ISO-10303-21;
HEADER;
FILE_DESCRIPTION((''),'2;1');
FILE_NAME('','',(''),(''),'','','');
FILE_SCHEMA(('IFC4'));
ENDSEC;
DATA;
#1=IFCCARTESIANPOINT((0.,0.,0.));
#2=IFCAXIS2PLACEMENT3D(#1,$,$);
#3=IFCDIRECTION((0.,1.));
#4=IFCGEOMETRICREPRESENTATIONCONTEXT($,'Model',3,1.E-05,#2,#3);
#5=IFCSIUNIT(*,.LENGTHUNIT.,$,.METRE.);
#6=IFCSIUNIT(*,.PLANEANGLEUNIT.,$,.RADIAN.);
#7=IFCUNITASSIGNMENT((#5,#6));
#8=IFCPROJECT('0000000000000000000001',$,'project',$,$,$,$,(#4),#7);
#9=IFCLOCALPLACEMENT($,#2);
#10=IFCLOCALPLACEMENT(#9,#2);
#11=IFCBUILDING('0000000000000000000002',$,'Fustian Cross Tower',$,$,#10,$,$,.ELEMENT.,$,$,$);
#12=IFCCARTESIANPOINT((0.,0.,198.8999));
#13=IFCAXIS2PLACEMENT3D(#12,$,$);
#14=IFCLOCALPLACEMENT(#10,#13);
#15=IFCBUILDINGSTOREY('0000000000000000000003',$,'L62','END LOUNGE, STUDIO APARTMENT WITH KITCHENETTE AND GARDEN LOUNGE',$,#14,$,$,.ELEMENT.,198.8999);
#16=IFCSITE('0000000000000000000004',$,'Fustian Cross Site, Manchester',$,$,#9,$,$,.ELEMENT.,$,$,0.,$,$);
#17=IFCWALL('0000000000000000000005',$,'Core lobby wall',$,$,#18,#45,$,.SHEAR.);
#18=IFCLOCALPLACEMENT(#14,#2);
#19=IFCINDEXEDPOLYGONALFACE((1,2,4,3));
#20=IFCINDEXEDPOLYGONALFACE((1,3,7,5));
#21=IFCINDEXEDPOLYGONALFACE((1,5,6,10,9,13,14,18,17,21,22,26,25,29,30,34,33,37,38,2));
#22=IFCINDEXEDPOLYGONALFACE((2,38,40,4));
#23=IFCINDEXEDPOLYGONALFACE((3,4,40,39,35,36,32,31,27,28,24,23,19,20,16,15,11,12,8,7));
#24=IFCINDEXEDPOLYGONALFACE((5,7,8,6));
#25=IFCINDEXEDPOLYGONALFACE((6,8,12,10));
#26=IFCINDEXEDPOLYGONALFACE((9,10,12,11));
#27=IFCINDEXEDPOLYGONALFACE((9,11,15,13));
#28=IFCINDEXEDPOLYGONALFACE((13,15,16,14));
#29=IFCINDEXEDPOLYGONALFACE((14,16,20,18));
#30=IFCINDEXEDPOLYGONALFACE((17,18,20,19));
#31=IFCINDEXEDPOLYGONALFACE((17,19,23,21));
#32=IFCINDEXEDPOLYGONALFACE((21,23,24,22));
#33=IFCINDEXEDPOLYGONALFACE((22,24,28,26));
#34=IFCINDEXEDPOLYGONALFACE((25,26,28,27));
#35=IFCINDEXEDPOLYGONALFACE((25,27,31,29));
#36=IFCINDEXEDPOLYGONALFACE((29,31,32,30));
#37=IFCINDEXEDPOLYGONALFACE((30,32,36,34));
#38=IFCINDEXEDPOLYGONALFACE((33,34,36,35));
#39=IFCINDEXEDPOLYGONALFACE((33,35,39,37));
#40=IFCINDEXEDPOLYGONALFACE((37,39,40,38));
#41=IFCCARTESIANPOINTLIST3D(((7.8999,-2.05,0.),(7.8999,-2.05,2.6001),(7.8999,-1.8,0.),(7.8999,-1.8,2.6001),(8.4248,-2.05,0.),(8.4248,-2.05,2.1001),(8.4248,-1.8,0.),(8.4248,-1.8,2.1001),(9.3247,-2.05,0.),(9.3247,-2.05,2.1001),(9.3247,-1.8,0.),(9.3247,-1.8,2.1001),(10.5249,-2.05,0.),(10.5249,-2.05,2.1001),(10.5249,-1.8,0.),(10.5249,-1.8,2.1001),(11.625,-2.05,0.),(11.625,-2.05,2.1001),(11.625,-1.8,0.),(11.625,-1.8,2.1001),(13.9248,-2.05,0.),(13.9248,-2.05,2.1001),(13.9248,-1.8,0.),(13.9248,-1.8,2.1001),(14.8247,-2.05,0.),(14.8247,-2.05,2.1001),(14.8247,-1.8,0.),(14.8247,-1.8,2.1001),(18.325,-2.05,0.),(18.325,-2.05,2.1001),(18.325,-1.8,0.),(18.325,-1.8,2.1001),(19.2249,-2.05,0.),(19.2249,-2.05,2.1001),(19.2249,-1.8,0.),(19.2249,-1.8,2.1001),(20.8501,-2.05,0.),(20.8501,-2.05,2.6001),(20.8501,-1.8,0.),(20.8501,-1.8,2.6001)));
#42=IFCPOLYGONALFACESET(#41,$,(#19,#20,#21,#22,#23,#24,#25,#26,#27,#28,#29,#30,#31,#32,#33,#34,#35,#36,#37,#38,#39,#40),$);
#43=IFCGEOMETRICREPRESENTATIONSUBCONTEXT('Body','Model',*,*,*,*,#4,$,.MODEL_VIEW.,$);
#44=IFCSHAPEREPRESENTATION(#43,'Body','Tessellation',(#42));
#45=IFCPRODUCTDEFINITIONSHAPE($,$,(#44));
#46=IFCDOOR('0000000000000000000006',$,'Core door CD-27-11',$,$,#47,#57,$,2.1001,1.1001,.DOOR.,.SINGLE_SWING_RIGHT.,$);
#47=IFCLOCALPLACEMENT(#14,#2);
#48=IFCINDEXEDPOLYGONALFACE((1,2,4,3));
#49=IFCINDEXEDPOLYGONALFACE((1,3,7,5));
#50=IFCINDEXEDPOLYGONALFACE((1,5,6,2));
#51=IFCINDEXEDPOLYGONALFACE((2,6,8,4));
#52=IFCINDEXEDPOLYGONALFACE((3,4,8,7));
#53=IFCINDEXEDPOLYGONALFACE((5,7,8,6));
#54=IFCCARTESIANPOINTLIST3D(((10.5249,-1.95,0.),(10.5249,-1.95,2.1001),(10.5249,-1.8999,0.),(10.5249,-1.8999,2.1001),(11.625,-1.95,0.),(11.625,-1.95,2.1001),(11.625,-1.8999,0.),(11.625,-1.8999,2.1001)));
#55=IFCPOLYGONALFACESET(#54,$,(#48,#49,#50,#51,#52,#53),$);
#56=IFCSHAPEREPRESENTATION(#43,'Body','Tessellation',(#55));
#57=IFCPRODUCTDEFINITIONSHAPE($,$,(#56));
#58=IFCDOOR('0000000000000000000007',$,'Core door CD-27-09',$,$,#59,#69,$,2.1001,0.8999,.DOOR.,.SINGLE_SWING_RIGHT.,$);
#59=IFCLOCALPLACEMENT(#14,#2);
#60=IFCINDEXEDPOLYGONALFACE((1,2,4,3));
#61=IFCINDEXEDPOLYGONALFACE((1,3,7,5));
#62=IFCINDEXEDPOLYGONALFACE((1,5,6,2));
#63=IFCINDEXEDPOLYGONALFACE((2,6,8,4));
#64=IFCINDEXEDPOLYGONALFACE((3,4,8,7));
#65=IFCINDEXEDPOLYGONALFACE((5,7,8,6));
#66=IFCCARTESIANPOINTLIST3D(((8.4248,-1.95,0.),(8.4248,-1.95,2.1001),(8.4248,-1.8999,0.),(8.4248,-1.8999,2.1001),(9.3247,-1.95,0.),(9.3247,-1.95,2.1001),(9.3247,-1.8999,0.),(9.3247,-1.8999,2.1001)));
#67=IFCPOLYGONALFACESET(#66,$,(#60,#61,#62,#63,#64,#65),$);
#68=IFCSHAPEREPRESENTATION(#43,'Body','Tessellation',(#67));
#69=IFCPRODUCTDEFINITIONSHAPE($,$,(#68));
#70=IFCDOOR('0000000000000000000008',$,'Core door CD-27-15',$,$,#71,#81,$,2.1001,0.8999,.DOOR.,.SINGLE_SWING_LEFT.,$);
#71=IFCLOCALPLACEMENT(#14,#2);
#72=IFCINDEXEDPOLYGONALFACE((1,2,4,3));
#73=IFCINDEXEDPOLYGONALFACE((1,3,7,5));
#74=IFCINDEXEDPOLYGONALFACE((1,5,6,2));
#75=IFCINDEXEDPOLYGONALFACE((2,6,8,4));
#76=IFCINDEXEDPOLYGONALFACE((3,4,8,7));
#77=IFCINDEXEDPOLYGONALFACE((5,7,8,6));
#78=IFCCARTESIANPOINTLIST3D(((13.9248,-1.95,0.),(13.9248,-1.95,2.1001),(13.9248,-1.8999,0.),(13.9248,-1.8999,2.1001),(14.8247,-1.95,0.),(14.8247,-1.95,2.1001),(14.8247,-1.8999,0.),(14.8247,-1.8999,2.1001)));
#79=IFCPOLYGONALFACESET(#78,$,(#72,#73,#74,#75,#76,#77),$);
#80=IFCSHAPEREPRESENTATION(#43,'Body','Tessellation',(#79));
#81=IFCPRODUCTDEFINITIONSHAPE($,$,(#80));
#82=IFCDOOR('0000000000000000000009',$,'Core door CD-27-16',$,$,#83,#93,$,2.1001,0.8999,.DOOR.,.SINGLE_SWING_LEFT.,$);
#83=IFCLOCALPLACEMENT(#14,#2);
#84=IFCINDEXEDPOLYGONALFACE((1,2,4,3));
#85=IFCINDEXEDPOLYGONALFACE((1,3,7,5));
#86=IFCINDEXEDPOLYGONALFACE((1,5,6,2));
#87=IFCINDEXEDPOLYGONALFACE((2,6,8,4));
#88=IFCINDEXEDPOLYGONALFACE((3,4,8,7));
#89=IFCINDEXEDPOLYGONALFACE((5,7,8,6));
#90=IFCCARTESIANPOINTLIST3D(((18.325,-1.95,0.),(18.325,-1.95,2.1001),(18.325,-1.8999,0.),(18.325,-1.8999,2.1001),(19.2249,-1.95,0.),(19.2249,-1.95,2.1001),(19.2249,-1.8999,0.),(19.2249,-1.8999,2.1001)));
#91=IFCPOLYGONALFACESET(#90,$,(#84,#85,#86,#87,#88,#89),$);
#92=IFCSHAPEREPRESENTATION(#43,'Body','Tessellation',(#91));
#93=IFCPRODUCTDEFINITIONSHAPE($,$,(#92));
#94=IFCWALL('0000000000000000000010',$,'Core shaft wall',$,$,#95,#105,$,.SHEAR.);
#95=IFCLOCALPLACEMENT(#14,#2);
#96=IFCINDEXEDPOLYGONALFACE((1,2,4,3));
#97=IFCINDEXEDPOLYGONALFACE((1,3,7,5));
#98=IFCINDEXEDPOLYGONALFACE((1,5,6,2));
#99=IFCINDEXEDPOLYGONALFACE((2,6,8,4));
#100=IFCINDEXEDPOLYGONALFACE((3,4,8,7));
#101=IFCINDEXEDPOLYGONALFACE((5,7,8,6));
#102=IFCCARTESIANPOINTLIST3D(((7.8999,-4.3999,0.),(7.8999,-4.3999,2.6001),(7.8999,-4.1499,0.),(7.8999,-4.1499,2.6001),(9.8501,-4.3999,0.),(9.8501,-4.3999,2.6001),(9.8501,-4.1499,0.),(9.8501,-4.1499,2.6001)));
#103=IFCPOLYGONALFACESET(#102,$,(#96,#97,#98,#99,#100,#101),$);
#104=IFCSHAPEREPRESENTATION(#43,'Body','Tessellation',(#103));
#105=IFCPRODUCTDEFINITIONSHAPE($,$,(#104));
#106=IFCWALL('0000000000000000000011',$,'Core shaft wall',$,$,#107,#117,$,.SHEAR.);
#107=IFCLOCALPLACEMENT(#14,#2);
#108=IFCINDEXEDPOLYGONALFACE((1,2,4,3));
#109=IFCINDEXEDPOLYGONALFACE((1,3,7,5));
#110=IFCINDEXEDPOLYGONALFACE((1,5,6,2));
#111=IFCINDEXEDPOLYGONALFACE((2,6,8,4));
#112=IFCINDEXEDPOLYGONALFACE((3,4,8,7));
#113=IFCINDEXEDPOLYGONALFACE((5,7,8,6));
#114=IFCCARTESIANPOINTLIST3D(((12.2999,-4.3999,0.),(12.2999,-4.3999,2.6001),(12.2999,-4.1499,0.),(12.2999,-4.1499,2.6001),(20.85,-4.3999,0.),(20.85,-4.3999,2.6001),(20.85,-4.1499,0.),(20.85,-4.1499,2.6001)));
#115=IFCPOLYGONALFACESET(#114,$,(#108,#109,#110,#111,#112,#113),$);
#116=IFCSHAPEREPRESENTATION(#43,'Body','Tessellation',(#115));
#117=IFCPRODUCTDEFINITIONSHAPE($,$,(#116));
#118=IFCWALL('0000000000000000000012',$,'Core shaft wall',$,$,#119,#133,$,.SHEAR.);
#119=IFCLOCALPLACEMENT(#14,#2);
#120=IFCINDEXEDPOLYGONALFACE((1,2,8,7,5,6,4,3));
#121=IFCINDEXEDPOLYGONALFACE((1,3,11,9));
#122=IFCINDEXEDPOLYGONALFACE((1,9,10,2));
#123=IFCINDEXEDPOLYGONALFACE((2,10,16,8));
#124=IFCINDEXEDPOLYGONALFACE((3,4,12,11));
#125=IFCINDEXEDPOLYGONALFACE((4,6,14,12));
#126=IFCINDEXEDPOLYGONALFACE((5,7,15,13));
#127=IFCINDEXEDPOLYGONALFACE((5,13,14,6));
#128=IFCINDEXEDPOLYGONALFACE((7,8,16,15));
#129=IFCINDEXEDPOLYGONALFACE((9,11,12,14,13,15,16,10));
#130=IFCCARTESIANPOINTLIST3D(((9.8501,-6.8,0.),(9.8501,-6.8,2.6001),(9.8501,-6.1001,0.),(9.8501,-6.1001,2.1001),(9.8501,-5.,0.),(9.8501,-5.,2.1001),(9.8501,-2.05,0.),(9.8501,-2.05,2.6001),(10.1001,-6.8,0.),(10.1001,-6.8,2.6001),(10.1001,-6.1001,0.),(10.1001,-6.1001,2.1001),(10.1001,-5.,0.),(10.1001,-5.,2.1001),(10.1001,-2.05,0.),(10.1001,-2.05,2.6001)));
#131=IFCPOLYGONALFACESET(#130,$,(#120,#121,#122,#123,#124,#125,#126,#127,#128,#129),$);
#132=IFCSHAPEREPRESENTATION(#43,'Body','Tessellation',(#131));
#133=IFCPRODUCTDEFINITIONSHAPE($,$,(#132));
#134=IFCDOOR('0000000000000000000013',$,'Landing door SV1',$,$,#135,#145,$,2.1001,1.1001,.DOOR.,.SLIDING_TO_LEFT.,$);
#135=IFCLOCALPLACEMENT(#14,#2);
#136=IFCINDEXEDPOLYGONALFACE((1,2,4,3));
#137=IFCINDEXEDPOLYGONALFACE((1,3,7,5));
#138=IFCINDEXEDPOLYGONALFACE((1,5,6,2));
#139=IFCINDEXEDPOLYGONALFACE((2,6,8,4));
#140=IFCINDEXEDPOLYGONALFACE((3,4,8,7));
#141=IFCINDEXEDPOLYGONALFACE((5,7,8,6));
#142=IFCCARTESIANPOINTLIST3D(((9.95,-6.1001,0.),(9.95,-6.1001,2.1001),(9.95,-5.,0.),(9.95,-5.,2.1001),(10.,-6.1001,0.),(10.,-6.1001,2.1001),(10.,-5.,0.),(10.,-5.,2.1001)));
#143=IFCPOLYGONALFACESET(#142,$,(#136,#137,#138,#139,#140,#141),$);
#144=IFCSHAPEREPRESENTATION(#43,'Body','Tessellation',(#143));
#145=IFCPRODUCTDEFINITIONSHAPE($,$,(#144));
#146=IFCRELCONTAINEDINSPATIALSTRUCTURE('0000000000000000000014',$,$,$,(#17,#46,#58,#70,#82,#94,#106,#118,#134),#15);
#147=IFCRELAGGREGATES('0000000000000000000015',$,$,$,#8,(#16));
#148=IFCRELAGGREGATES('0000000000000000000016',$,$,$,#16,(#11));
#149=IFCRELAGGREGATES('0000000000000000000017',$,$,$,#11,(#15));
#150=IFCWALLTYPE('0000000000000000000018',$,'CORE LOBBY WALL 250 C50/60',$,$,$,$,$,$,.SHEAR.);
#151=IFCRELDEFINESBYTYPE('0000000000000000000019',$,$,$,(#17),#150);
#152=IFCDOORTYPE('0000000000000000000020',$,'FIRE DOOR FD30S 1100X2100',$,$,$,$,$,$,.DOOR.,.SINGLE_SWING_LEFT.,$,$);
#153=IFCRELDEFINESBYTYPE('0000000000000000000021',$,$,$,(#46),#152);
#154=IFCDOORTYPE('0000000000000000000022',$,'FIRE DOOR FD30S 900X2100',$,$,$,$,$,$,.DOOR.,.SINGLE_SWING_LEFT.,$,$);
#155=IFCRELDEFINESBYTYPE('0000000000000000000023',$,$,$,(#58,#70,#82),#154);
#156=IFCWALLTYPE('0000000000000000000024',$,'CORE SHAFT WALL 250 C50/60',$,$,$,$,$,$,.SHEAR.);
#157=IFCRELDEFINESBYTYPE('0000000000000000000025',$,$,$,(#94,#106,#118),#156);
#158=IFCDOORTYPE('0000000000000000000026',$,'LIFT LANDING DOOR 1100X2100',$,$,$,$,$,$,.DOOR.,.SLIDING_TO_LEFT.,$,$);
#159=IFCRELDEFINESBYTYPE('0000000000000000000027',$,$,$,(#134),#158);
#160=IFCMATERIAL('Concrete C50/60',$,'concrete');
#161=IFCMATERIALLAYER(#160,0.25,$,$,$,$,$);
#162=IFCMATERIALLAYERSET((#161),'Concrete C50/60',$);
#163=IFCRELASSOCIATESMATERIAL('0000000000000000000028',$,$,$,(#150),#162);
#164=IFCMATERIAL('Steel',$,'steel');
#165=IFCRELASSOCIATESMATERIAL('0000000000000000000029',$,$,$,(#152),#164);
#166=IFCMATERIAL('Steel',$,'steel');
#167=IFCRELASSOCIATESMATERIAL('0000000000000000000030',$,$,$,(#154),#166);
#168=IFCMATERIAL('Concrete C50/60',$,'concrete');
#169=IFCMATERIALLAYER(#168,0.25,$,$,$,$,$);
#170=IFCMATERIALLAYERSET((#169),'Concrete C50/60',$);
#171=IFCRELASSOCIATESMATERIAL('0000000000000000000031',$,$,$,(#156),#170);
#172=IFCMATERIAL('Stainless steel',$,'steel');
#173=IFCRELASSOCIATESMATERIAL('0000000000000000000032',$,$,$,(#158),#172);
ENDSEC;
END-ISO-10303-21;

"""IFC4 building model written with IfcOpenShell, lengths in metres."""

from ifc_helpers import new_model, si_unit, direction, frame, frame_2d, origin, place, context, subcontext, project, spatial, rectangle, extrude, material, layer, layer_set, type_object, element, fill, save


model = new_model("IFC4")

# Units and contexts
model_context = context("Model", 3, precision=1e-05, world=origin(), true_north=direction((0.0, 1.0)))
body_context = subcontext(model_context, "Body", "Model", "MODEL_VIEW")
ifc_project = project(units=[si_unit("LENGTHUNIT", "METRE"), si_unit("PLANEANGLEUNIT", "RADIAN")], contexts=[model_context])

# Site, building, storey
site_placement = place(None, origin())
site = spatial("IfcSite", under=ifc_project, at=site_placement, Name="Fustian Cross Site, Manchester", CompositionType="ELEMENT", RefElevation=0.0)
building_placement = place(site_placement, origin())
building = spatial("IfcBuilding", under=site, at=building_placement, Name="Fustian Cross Tower", CompositionType="ELEMENT")
storey_placement = place(building_placement, frame((0.0, 0.0, 198.8999)))
storey = spatial("IfcBuildingStorey", under=building, at=storey_placement, Name="L62", Description="END LOUNGE, STUDIO APARTMENT WITH KITCHENETTE AND GARDEN LOUNGE", CompositionType="ELEMENT", Elevation=198.8999)

# Wall, openings, doors
ifc_material_1 = material(Name="Concrete C50/60", Category="concrete")
ifc_layer_1 = layer(ifc_material_1, 0.25)
ifc_layer_set_1 = layer_set([ifc_layer_1], Name="Concrete C50/60")
wall_type_1 = type_object("IfcWallType", Name="CORE LOBBY WALL 250 C50/60", PredefinedType="SHEAR", material=ifc_layer_set_1)
wall_1_placement = place(storey_placement, frame((7.8999, -1.925, 0.0), z_axis=(0.0, 0.0, 1.0), x_axis=(1.0, 0.0, 0.0)))
wall_1 = element("IfcWall", 1, at=wall_1_placement, inside=storey, type_object=wall_type_1, Name="Core lobby wall", PredefinedType="SHEAR", context=body_context, shape_type="SweptSolid", body=[
    extrude(rectangle(XDim=12.9502, YDim=0.25, at=frame_2d((6.4751, 0.0))), origin(), (0.0, 0.0, 1.0), 2.6001),
])
opening_1_placement = place(wall_1_placement, frame((0.5249, 0.0, 0.0)))
opening_1 = element("IfcOpeningElement", 2, at=opening_1_placement, cuts=wall_1, PredefinedType="OPENING", context=body_context, shape_type="SweptSolid", body=[
    extrude(rectangle(XDim=0.8999, YDim=2.1001, at=frame_2d((0.45, 1.05))), frame((0.0, 0.135, 0.0), z_axis=(0.0, -1.0, 0.0), x_axis=(1.0, 0.0, 0.0)), (0.0, 0.0, 1.0), 0.27),
])
opening_2_placement = place(wall_1_placement, frame((2.625, 0.0, 0.0)))
opening_2 = element("IfcOpeningElement", 3, at=opening_2_placement, cuts=wall_1, PredefinedType="OPENING", context=body_context, shape_type="SweptSolid", body=[
    extrude(rectangle(XDim=1.1001, YDim=2.1001, at=frame_2d((0.55, 1.05))), frame((0.0, 0.135, 0.0), z_axis=(0.0, -1.0, 0.0), x_axis=(1.0, 0.0, 0.0)), (0.0, 0.0, 1.0), 0.27),
])
opening_3_placement = place(wall_1_placement, frame((6.0249, 0.0, 0.0)))
opening_3 = element("IfcOpeningElement", 4, at=opening_3_placement, cuts=wall_1, PredefinedType="OPENING", context=body_context, shape_type="SweptSolid", body=[
    extrude(rectangle(XDim=0.8999, YDim=2.1001, at=frame_2d((0.45, 1.05))), frame((0.0, 0.135, 0.0), z_axis=(0.0, -1.0, 0.0), x_axis=(1.0, 0.0, 0.0)), (0.0, 0.0, 1.0), 0.27),
])
opening_4_placement = place(wall_1_placement, frame((10.425, 0.0, 0.0)))
opening_4 = element("IfcOpeningElement", 5, at=opening_4_placement, cuts=wall_1, PredefinedType="OPENING", context=body_context, shape_type="SweptSolid", body=[
    extrude(rectangle(XDim=0.8999, YDim=2.1001, at=frame_2d((0.45, 1.05))), frame((0.0, 0.135, 0.0), z_axis=(0.0, -1.0, 0.0), x_axis=(1.0, 0.0, 0.0)), (0.0, 0.0, 1.0), 0.27),
])
ifc_material_2 = material(Name="Steel", Category="steel")
door_type_1 = type_object("IfcDoorType", Name="FIRE DOOR FD30S 1100X2100", OperationType="SINGLE_SWING_LEFT", PredefinedType="DOOR", material=ifc_material_2)
door_1_placement = place(opening_2_placement, frame((1.1001, 0.0, 0.0), z_axis=(0.0, 0.0, 1.0), x_axis=(-1.0, 0.0, 0.0)))
door_1 = element("IfcDoor", 6, at=door_1_placement, inside=storey, type_object=door_type_1, Name="Core door CD-27-11", OperationType="SINGLE_SWING_RIGHT", OverallHeight=2.1001, OverallWidth=1.1001, PredefinedType="DOOR", context=body_context, shape_type="SweptSolid", body=[
    extrude(rectangle(XDim=1.1001, YDim=2.1001, at=frame_2d((0.55, 1.05))), frame((0.0, 0.0249, 0.0), z_axis=(0.0, -1.0, 0.0), x_axis=(1.0, 0.0, 0.0)), (0.0, 0.0, 1.0), 0.05),
])
fill(opening_2, door_1)
ifc_material_3 = material(Name="Steel", Category="steel")
door_type_2 = type_object("IfcDoorType", Name="FIRE DOOR FD30S 900X2100", OperationType="SINGLE_SWING_LEFT", PredefinedType="DOOR", material=ifc_material_3)
door_2_placement = place(opening_1_placement, frame((0.8999, 0.0, 0.0), z_axis=(0.0, 0.0, 1.0), x_axis=(-1.0, 0.0, 0.0)))
door_2 = element("IfcDoor", 7, at=door_2_placement, inside=storey, type_object=door_type_2, Name="Core door CD-27-09", OperationType="SINGLE_SWING_RIGHT", OverallHeight=2.1001, OverallWidth=0.8999, PredefinedType="DOOR", context=body_context, shape_type="SweptSolid", body=[
    extrude(rectangle(XDim=0.8999, YDim=2.1001, at=frame_2d((0.45, 1.05))), frame((0.0, 0.0249, 0.0), z_axis=(0.0, -1.0, 0.0), x_axis=(1.0, 0.0, 0.0)), (0.0, 0.0, 1.0), 0.05),
])
fill(opening_1, door_2)
door_3_placement = place(opening_3_placement, frame((0.8999, 0.0, 0.0), z_axis=(0.0, 0.0, 1.0), x_axis=(-1.0, 0.0, 0.0)))
door_3 = element("IfcDoor", 8, at=door_3_placement, inside=storey, type_object=door_type_2, Name="Core door CD-27-15", OperationType="SINGLE_SWING_LEFT", OverallHeight=2.1001, OverallWidth=0.8999, PredefinedType="DOOR", context=body_context, shape_type="SweptSolid", body=[
    extrude(rectangle(XDim=0.8999, YDim=2.1001, at=frame_2d((0.45, 1.05))), frame((0.0, 0.0249, 0.0), z_axis=(0.0, -1.0, 0.0), x_axis=(1.0, 0.0, 0.0)), (0.0, 0.0, 1.0), 0.05),
])
fill(opening_3, door_3)
door_4_placement = place(opening_4_placement, frame((0.8999, 0.0, 0.0), z_axis=(0.0, 0.0, 1.0), x_axis=(-1.0, 0.0, 0.0)))
door_4 = element("IfcDoor", 9, at=door_4_placement, inside=storey, type_object=door_type_2, Name="Core door CD-27-16", OperationType="SINGLE_SWING_LEFT", OverallHeight=2.1001, OverallWidth=0.8999, PredefinedType="DOOR", context=body_context, shape_type="SweptSolid", body=[
    extrude(rectangle(XDim=0.8999, YDim=2.1001, at=frame_2d((0.45, 1.05))), frame((0.0, 0.0249, 0.0), z_axis=(0.0, -1.0, 0.0), x_axis=(1.0, 0.0, 0.0)), (0.0, 0.0, 1.0), 0.05),
])
fill(opening_4, door_4)

# Walls
ifc_material_4 = material(Name="Concrete C50/60", Category="concrete")
ifc_layer_2 = layer(ifc_material_4, 0.25)
ifc_layer_set_2 = layer_set([ifc_layer_2], Name="Concrete C50/60")
wall_type_2 = type_object("IfcWallType", Name="CORE SHAFT WALL 250 C50/60", PredefinedType="SHEAR", material=ifc_layer_set_2)
wall_2_placement = place(storey_placement, frame((7.8999, -4.2749, 0.0), z_axis=(0.0, 0.0, 1.0), x_axis=(1.0, 0.0, 0.0)))
element("IfcWall", 10, at=wall_2_placement, inside=storey, type_object=wall_type_2, Name="Core shaft wall", PredefinedType="SHEAR", context=body_context, shape_type="SweptSolid", body=[
    extrude(rectangle(XDim=1.9502, YDim=0.25, at=frame_2d((0.9751, 0.0))), origin(), (0.0, 0.0, 1.0), 2.6001),
])
wall_3_placement = place(storey_placement, frame((12.3, -4.2749, 0.0), z_axis=(0.0, 0.0, 1.0), x_axis=(1.0, 0.0, 0.0)))
element("IfcWall", 11, at=wall_3_placement, inside=storey, type_object=wall_type_2, Name="Core shaft wall", PredefinedType="SHEAR", context=body_context, shape_type="SweptSolid", body=[
    extrude(rectangle(XDim=8.55, YDim=0.25, at=frame_2d((4.2749, 0.0))), origin(), (0.0, 0.0, 1.0), 2.6001),
])

# Wall, opening, door
wall_4_placement = place(storey_placement, frame((9.9751, -2.05, 0.0), z_axis=(0.0, 0.0, 1.0), x_axis=(0.0, -1.0, 0.0)))
wall_4 = element("IfcWall", 12, at=wall_4_placement, inside=storey, type_object=wall_type_2, Name="Core shaft wall", PredefinedType="SHEAR", context=body_context, shape_type="SweptSolid", body=[
    extrude(rectangle(XDim=4.75, YDim=0.25, at=frame_2d((2.375, 0.0))), origin(), (0.0, 0.0, 1.0), 2.6001),
])
opening_5_placement = place(wall_4_placement, frame((2.95, 0.0, 0.0)))
opening_5 = element("IfcOpeningElement", 13, at=opening_5_placement, cuts=wall_4, PredefinedType="OPENING", context=body_context, shape_type="SweptSolid", body=[
    extrude(rectangle(XDim=1.1001, YDim=2.1001, at=frame_2d((0.55, 1.05))), frame((0.0, 0.135, 0.0), z_axis=(0.0, -1.0, 0.0), x_axis=(1.0, 0.0, 0.0)), (0.0, 0.0, 1.0), 0.27),
])
ifc_material_5 = material(Name="Stainless steel", Category="steel")
door_type_3 = type_object("IfcDoorType", Name="LIFT LANDING DOOR 1100X2100", OperationType="SLIDING_TO_LEFT", PredefinedType="DOOR", material=ifc_material_5)
door_5_placement = place(opening_5_placement, origin())
door_5 = element("IfcDoor", 14, at=door_5_placement, inside=storey, type_object=door_type_3, Name="Landing door SV1", OperationType="SLIDING_TO_LEFT", OverallHeight=2.1001, OverallWidth=1.1001, PredefinedType="DOOR", context=body_context, shape_type="SweptSolid", body=[
    extrude(rectangle(XDim=1.1001, YDim=2.1001, at=frame_2d((0.55, 1.05))), frame((0.0, 0.0249, 0.0), z_axis=(0.0, -1.0, 0.0), x_axis=(1.0, 0.0, 0.0)), (0.0, 0.0, 1.0), 0.05),
])
fill(opening_5, door_5)

save(model, "model.ifc")
